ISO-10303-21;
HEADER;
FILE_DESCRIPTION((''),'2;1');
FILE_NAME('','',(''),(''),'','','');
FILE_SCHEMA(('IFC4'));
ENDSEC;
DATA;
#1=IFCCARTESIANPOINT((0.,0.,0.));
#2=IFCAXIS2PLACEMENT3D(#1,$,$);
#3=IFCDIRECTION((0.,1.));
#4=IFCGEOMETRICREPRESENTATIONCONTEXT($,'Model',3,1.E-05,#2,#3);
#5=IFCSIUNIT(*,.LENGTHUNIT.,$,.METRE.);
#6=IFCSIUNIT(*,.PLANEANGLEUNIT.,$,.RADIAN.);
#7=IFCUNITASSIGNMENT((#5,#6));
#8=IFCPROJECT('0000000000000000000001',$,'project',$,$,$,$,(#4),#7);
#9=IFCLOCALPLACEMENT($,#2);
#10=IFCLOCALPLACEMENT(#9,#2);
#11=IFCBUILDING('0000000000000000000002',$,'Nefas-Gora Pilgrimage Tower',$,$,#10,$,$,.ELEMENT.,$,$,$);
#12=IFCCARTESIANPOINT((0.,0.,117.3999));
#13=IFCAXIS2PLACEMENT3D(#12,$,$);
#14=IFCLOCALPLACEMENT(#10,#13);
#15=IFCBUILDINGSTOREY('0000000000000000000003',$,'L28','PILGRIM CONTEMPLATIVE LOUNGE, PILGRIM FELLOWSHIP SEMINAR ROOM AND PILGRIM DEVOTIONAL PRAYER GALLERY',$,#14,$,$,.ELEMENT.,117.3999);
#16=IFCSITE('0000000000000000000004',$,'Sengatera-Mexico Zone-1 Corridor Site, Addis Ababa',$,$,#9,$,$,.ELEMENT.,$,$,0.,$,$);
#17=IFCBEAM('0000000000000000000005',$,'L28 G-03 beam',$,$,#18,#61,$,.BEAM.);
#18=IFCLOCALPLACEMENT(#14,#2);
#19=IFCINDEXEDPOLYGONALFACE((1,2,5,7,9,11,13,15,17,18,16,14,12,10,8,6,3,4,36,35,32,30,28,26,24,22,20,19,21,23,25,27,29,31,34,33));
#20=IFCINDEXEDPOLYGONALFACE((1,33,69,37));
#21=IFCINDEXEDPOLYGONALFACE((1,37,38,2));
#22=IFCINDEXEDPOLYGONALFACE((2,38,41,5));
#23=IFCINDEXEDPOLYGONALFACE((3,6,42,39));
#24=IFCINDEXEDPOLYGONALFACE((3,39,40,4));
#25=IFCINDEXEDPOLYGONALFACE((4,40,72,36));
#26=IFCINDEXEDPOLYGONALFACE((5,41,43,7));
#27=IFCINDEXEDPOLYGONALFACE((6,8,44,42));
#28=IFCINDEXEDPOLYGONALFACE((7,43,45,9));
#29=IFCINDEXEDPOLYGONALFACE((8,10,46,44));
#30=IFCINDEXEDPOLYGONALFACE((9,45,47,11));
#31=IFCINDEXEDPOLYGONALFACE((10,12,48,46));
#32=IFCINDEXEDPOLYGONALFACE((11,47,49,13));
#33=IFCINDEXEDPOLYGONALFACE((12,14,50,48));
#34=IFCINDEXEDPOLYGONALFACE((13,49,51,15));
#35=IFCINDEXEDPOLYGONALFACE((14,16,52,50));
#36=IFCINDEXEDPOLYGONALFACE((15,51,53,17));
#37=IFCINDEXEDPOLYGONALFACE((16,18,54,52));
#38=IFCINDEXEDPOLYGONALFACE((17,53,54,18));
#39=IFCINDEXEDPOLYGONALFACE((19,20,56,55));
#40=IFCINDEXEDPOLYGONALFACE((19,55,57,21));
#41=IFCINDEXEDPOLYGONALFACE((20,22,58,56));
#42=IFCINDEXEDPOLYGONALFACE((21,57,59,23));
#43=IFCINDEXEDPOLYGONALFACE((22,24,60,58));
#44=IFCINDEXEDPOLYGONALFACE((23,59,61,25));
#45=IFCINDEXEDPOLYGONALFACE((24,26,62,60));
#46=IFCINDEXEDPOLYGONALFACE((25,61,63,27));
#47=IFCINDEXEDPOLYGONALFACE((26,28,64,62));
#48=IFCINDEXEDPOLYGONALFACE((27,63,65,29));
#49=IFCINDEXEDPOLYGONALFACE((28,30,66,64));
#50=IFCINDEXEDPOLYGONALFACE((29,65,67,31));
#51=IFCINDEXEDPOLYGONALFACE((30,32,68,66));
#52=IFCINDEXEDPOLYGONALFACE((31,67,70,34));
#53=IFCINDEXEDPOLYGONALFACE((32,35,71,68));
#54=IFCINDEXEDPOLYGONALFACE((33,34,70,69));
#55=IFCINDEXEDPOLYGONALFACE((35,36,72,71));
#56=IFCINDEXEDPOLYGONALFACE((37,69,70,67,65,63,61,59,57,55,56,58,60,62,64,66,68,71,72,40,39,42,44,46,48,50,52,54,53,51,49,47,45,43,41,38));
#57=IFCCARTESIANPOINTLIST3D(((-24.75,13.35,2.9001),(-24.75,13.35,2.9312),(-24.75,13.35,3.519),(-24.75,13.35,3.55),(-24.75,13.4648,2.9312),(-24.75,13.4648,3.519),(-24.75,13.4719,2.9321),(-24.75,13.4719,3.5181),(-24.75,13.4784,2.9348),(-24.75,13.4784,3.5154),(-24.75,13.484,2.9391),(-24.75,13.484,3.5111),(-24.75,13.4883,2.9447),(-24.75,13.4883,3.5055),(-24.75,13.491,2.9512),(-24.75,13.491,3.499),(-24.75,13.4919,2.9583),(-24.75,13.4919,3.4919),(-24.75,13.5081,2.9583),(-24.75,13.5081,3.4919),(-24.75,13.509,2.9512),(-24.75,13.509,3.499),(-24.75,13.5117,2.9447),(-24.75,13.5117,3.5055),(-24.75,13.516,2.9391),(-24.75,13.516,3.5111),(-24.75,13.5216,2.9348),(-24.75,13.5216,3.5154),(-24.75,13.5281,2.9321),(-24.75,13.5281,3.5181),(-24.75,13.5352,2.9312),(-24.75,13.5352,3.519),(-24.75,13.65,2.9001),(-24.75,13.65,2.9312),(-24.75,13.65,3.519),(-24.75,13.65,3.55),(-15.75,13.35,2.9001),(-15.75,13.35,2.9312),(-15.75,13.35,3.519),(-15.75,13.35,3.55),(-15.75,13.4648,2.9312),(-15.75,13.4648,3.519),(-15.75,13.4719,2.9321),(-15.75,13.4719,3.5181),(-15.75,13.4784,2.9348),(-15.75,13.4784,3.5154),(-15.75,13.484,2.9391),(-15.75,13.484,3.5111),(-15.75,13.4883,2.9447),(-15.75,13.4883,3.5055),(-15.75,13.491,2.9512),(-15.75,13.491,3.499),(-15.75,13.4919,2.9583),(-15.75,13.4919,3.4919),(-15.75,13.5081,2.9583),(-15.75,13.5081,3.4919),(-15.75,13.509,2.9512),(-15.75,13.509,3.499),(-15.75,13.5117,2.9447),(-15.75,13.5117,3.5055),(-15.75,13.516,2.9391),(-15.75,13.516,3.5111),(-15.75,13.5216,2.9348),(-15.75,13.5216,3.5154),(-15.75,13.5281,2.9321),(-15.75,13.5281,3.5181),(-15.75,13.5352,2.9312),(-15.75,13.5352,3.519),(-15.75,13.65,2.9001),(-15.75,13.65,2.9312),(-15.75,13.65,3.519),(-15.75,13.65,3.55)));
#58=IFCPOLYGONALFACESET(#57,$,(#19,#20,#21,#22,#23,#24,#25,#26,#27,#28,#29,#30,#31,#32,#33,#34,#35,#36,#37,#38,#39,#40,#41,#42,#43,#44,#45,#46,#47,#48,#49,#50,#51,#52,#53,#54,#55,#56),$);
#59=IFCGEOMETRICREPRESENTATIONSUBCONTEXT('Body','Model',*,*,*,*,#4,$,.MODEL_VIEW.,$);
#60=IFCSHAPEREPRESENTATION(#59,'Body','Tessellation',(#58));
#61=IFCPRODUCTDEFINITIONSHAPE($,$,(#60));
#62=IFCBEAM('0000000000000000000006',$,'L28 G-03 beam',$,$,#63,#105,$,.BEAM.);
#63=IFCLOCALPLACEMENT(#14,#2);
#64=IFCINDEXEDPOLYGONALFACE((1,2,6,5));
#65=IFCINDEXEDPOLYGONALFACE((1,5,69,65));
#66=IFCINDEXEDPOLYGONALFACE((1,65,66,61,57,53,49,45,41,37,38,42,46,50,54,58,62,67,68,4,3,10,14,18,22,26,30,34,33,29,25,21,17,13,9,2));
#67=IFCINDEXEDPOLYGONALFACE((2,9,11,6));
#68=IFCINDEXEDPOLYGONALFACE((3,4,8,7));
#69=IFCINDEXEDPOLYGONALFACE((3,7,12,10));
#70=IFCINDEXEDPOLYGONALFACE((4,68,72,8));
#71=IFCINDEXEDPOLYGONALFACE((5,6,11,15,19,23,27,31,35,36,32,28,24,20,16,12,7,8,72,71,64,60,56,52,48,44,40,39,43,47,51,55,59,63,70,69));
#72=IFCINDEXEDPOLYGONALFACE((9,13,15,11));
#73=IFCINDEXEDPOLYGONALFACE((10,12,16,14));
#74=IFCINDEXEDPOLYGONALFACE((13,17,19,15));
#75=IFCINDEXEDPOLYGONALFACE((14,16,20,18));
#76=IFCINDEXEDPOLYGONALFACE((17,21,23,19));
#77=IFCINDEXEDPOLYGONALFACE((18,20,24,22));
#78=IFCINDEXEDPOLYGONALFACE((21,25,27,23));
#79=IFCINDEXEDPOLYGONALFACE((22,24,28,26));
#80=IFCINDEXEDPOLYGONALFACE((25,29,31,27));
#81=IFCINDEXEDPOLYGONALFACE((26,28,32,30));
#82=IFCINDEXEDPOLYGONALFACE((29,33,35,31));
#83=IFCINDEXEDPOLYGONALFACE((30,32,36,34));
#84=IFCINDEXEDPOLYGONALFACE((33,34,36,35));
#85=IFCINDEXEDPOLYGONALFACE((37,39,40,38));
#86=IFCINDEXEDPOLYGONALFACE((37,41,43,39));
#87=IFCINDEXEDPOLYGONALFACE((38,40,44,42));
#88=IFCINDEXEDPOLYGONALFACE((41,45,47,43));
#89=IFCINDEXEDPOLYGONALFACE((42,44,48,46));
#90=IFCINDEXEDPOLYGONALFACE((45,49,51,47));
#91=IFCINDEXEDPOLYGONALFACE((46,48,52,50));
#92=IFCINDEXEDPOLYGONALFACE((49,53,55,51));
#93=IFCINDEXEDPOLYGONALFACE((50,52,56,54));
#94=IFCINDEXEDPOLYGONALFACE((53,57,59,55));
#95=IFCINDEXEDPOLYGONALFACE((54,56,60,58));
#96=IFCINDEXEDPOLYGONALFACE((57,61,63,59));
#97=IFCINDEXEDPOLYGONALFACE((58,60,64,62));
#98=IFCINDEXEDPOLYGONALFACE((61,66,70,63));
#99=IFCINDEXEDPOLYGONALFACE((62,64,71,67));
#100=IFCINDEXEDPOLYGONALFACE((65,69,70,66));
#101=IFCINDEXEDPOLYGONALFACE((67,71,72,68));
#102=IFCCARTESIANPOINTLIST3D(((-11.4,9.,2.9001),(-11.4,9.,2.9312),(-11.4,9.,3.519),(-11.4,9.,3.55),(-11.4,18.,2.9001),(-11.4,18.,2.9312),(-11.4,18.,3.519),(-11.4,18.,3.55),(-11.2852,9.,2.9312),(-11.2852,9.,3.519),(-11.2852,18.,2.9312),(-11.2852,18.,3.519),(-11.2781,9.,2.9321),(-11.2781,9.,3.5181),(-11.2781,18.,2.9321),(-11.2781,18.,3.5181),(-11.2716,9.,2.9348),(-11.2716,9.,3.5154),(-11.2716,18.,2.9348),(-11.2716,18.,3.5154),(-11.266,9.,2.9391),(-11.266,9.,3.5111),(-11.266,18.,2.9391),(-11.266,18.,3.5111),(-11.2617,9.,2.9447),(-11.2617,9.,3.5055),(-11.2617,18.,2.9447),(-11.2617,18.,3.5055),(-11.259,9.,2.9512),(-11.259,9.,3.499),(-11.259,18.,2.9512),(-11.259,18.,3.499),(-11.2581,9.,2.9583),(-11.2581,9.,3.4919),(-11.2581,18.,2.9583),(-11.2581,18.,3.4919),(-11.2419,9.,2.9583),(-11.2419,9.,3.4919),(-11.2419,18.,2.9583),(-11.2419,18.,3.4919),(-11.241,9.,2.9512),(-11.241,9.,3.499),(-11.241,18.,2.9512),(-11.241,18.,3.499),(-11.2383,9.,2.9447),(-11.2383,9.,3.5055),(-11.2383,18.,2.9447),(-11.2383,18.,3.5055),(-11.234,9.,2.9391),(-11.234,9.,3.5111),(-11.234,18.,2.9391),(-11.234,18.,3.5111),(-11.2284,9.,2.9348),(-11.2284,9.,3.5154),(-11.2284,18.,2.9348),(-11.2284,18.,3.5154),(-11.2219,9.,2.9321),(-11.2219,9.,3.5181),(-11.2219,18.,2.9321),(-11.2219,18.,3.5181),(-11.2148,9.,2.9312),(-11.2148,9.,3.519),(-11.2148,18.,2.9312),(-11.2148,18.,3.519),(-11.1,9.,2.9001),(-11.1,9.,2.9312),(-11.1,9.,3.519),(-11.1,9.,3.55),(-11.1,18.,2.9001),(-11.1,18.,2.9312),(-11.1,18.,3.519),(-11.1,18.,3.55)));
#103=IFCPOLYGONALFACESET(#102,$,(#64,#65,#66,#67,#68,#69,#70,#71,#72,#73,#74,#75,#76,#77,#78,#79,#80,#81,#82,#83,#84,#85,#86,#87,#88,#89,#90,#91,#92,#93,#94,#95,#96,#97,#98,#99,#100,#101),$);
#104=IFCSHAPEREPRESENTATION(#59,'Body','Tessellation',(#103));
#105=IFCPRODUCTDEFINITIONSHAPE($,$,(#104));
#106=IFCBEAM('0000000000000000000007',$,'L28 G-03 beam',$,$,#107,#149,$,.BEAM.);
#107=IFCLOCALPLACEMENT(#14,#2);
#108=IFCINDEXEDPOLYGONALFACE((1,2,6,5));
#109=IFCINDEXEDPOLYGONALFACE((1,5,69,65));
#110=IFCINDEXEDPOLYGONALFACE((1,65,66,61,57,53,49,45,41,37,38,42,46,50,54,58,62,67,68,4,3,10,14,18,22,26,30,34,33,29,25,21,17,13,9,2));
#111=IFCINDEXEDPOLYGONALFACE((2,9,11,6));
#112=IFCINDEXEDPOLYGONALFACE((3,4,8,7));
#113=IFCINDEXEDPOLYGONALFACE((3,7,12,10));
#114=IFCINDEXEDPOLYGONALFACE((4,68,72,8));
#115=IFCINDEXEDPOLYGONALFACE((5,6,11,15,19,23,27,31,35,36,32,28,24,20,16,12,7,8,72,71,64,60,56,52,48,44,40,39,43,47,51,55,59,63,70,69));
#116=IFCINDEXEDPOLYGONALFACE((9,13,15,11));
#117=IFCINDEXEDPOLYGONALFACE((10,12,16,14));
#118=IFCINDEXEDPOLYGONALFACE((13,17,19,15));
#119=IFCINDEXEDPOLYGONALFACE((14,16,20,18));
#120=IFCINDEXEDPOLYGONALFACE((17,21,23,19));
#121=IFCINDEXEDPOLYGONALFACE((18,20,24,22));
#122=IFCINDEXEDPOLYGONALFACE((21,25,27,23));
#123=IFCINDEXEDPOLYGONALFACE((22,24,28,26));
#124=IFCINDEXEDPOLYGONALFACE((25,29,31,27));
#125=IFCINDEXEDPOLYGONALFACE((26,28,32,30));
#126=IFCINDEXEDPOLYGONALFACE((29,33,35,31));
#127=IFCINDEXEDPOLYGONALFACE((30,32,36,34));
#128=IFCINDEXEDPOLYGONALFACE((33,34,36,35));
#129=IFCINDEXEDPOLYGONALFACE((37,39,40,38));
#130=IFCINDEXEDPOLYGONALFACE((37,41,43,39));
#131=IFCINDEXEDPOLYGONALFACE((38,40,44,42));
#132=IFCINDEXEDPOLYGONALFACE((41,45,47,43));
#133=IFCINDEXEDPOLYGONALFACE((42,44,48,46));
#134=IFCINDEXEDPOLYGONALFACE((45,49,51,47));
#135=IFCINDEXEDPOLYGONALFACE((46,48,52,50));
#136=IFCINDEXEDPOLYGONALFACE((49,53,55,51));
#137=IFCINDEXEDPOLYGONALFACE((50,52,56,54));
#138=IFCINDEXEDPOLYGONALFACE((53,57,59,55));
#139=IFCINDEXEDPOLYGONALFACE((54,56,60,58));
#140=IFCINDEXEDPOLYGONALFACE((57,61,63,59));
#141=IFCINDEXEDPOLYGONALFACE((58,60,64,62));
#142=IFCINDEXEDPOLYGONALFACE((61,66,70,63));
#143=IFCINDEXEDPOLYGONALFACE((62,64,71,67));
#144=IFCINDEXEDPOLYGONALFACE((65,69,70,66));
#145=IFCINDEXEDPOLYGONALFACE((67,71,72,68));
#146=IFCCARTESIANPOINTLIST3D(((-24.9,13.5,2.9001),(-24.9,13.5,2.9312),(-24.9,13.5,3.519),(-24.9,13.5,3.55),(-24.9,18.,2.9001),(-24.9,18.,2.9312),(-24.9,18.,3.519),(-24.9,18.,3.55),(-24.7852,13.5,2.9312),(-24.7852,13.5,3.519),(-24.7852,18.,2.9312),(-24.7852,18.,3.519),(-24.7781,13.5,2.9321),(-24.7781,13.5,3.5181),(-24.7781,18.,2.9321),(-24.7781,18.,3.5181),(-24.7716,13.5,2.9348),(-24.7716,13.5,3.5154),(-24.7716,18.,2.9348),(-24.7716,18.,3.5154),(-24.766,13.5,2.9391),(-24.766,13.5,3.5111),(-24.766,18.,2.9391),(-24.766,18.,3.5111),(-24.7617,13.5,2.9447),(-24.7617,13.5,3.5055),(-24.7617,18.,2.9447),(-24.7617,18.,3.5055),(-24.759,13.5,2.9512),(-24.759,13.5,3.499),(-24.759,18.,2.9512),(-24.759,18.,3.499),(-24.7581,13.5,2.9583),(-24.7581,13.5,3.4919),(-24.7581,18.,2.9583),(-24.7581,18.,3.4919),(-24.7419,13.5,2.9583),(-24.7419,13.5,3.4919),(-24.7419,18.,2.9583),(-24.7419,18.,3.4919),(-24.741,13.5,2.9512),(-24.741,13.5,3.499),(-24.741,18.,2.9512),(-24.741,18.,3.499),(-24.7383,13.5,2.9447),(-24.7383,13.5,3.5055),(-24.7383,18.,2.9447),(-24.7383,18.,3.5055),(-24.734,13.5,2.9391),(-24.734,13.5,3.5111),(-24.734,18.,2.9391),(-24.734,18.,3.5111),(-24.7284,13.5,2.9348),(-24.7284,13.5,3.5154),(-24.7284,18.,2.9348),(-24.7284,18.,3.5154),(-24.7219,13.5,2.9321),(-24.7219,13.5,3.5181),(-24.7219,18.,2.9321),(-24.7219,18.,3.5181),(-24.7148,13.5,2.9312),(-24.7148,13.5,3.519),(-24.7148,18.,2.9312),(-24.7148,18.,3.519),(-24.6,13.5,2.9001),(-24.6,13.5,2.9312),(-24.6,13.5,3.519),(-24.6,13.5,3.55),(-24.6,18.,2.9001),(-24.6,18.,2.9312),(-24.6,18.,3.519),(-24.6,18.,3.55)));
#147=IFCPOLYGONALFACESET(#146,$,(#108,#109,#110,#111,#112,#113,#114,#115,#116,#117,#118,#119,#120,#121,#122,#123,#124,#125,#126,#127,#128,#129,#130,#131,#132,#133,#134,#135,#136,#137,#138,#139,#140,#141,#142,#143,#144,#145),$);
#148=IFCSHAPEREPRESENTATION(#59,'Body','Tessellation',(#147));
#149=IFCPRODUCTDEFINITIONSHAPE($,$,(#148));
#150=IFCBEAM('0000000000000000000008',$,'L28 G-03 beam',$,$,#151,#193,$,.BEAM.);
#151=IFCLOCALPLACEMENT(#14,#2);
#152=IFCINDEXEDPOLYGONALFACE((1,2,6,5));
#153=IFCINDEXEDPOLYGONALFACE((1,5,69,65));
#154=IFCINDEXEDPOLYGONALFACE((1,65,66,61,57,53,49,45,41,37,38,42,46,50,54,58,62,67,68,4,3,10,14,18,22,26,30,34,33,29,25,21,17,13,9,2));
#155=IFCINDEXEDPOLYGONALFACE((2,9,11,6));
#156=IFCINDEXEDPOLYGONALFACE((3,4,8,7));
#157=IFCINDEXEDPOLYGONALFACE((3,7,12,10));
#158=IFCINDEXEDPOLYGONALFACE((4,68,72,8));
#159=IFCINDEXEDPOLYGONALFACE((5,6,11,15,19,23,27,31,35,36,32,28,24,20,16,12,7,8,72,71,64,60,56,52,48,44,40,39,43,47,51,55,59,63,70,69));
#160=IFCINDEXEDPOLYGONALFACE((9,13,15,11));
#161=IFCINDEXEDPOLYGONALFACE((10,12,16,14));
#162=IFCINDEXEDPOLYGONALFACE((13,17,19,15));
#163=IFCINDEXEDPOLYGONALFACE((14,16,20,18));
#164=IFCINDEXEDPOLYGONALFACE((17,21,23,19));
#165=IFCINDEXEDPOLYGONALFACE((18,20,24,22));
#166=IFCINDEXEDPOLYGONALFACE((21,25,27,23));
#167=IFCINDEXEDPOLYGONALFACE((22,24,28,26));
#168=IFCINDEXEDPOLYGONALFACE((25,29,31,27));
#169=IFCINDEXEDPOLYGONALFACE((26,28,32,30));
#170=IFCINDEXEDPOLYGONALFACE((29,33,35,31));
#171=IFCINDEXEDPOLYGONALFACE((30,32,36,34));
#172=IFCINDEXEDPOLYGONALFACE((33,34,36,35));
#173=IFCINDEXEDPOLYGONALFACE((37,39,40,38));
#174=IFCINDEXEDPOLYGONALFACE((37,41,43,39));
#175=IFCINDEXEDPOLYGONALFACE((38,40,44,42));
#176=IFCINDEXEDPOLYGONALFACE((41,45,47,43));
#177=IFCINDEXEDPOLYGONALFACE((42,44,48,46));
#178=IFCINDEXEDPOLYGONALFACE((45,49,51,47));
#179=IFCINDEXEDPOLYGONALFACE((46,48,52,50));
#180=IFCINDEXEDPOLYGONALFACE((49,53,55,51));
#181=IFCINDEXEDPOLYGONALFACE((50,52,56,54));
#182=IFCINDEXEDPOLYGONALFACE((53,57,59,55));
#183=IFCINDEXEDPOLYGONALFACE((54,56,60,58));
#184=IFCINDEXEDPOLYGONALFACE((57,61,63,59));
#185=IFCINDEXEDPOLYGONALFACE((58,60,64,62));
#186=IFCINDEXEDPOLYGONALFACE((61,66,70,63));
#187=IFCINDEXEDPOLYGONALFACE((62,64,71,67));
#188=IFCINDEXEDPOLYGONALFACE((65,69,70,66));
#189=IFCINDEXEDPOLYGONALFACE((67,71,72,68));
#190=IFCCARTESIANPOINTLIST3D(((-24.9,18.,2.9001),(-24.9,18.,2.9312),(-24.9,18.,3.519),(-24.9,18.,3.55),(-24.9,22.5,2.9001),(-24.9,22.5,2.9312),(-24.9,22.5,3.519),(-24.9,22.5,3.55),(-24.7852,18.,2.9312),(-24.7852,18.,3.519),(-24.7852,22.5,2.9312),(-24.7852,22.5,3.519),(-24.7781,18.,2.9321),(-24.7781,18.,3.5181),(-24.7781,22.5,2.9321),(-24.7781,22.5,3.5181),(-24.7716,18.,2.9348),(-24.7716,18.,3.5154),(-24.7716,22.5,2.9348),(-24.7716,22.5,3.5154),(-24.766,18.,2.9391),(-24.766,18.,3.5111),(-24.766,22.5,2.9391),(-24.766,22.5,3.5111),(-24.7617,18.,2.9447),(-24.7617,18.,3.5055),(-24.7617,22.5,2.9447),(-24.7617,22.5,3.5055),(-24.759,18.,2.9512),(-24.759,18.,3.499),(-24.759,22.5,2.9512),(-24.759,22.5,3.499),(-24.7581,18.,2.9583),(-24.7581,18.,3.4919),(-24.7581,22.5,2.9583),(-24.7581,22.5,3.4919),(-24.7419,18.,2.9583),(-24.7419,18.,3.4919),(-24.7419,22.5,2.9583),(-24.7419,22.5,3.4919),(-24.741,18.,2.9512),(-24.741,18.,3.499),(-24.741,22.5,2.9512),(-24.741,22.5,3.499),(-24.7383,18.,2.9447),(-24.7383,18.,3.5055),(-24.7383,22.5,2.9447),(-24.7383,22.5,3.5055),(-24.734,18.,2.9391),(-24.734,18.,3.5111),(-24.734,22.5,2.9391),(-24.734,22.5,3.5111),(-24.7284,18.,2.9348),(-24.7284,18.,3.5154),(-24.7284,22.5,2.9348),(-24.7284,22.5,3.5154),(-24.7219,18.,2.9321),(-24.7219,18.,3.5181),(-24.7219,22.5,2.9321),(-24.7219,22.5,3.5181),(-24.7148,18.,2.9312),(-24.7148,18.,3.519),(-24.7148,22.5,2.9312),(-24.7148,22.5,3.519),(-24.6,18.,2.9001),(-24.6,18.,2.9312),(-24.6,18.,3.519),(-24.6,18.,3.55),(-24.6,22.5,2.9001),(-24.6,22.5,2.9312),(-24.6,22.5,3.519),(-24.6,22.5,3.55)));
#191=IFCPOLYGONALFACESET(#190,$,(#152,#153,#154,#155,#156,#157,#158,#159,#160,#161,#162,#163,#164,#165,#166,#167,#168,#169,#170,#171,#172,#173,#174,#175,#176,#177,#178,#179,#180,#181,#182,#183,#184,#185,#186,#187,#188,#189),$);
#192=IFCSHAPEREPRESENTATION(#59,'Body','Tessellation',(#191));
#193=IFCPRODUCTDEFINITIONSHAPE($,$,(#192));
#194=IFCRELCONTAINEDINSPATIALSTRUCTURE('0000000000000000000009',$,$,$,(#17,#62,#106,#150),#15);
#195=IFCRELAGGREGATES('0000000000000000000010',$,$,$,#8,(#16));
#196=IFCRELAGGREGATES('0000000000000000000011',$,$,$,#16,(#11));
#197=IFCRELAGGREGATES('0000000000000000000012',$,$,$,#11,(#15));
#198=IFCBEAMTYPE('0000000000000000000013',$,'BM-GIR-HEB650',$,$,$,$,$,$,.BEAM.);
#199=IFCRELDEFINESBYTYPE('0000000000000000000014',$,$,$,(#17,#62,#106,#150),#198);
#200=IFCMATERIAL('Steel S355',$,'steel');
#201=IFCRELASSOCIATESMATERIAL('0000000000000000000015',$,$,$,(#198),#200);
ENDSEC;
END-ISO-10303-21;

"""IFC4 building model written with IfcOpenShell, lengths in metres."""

from ifc_helpers import new_model, si_unit, direction, frame, origin, origin_2d, place, context, subcontext, project, spatial, i_section, extrude, source, transform, mapped, material, material_profile, profile_set, type_object, element, save


model = new_model("IFC4")

# Units and contexts
model_context = context("Model", 3, precision=1e-05, world=origin(), true_north=direction((0.0, 1.0)))
body_context = subcontext(model_context, "Body", "Model", "MODEL_VIEW")
ifc_project = project(units=[si_unit("LENGTHUNIT", "METRE"), si_unit("PLANEANGLEUNIT", "RADIAN")], contexts=[model_context])

# Site, building, storey
site_placement = place(None, origin())
site = spatial("IfcSite", under=ifc_project, at=site_placement, Name="Sengatera-Mexico Zone-1 Corridor Site, Addis Ababa", CompositionType="ELEMENT", RefElevation=0.0)
building_placement = place(site_placement, origin())
building = spatial("IfcBuilding", under=site, at=building_placement, Name="Nefas-Gora Pilgrimage Tower", CompositionType="ELEMENT")
storey_placement = place(building_placement, frame((0.0, 0.0, 117.3999)))
storey = spatial("IfcBuildingStorey", under=building, at=storey_placement, Name="L28", Description="PILGRIM CONTEMPLATIVE LOUNGE, PILGRIM FELLOWSHIP SEMINAR ROOM AND PILGRIM DEVOTIONAL PRAYER GALLERY", CompositionType="ELEMENT", Elevation=117.3999)

# Beams
ifc_material_1 = material(Name="Steel S355", Category="steel")
ifc_material_profile_1 = material_profile(ifc_material_1, i_section(OverallWidth=0.3, OverallDepth=0.6499, WebThickness=0.0161, FlangeThickness=0.031, FilletRadius=0.0271, at=origin_2d()), Name="HEB 650")
ifc_profile_set_1 = profile_set([ifc_material_profile_1], Name="Steel S355")
beam_type_1 = type_object("IfcBeamType", Name="BM-GIR-HEB650", PredefinedType="BEAM", material=ifc_profile_set_1)
shared_shape_1 = source(origin(), body_context, "Body", "SweptSolid", [
    extrude(i_section(OverallWidth=0.3, OverallDepth=0.6499, WebThickness=0.0161, FlangeThickness=0.031, FilletRadius=0.0271, at=origin_2d()), origin(), (0.0, 0.0, 1.0), 9.0),
])
for number, where, z_axis, x_axis, name in (
    (1, (-24.75, 13.5, 3.2251), (1.0, 0.0, 0.0), (0.0, 1.0, 0.0), "L28 G-03 beam"),
    (2, (-11.25, 9.0, 3.2251), (0.0, 1.0, 0.0), (-1.0, 0.0, 0.0), "L28 G-03 beam"),
):
    element("IfcBeam", number, at=place(storey_placement, frame(where, z_axis=z_axis, x_axis=x_axis)), inside=storey, type_object=beam_type_1, Name=name, PredefinedType="BEAM", context=body_context, shape_type="MappedRepresentation", body=[
        mapped(shared_shape_1, transform((0.0, 0.0, 0.0), x_axis=(1.0, 0.0, 0.0), y_axis=(0.0, 1.0, 0.0), z_axis=(0.0, 0.0, 1.0), scale=1.0)),
    ])
shared_shape_2 = source(origin(), body_context, "Body", "SweptSolid", [
    extrude(i_section(OverallWidth=0.3, OverallDepth=0.6499, WebThickness=0.0161, FlangeThickness=0.031, FilletRadius=0.0271, at=origin_2d()), origin(), (0.0, 0.0, 1.0), 4.5),
])
for number, where, z_axis, x_axis, name in (
    (3, (-24.75, 13.5, 3.2251), (0.0, 1.0, 0.0), (-1.0, 0.0, 0.0), "L28 G-03 beam"),
    (4, (-24.75, 18.0, 3.2251), (0.0, 1.0, 0.0), (-1.0, 0.0, 0.0), "L28 G-03 beam"),
):
    element("IfcBeam", number, at=place(storey_placement, frame(where, z_axis=z_axis, x_axis=x_axis)), inside=storey, type_object=beam_type_1, Name=name, PredefinedType="BEAM", context=body_context, shape_type="MappedRepresentation", body=[
        mapped(shared_shape_2, transform((0.0, 0.0, 0.0), x_axis=(1.0, 0.0, 0.0), y_axis=(0.0, 1.0, 0.0), z_axis=(0.0, 0.0, 1.0), scale=1.0)),
    ])

save(model, "model.ifc")
